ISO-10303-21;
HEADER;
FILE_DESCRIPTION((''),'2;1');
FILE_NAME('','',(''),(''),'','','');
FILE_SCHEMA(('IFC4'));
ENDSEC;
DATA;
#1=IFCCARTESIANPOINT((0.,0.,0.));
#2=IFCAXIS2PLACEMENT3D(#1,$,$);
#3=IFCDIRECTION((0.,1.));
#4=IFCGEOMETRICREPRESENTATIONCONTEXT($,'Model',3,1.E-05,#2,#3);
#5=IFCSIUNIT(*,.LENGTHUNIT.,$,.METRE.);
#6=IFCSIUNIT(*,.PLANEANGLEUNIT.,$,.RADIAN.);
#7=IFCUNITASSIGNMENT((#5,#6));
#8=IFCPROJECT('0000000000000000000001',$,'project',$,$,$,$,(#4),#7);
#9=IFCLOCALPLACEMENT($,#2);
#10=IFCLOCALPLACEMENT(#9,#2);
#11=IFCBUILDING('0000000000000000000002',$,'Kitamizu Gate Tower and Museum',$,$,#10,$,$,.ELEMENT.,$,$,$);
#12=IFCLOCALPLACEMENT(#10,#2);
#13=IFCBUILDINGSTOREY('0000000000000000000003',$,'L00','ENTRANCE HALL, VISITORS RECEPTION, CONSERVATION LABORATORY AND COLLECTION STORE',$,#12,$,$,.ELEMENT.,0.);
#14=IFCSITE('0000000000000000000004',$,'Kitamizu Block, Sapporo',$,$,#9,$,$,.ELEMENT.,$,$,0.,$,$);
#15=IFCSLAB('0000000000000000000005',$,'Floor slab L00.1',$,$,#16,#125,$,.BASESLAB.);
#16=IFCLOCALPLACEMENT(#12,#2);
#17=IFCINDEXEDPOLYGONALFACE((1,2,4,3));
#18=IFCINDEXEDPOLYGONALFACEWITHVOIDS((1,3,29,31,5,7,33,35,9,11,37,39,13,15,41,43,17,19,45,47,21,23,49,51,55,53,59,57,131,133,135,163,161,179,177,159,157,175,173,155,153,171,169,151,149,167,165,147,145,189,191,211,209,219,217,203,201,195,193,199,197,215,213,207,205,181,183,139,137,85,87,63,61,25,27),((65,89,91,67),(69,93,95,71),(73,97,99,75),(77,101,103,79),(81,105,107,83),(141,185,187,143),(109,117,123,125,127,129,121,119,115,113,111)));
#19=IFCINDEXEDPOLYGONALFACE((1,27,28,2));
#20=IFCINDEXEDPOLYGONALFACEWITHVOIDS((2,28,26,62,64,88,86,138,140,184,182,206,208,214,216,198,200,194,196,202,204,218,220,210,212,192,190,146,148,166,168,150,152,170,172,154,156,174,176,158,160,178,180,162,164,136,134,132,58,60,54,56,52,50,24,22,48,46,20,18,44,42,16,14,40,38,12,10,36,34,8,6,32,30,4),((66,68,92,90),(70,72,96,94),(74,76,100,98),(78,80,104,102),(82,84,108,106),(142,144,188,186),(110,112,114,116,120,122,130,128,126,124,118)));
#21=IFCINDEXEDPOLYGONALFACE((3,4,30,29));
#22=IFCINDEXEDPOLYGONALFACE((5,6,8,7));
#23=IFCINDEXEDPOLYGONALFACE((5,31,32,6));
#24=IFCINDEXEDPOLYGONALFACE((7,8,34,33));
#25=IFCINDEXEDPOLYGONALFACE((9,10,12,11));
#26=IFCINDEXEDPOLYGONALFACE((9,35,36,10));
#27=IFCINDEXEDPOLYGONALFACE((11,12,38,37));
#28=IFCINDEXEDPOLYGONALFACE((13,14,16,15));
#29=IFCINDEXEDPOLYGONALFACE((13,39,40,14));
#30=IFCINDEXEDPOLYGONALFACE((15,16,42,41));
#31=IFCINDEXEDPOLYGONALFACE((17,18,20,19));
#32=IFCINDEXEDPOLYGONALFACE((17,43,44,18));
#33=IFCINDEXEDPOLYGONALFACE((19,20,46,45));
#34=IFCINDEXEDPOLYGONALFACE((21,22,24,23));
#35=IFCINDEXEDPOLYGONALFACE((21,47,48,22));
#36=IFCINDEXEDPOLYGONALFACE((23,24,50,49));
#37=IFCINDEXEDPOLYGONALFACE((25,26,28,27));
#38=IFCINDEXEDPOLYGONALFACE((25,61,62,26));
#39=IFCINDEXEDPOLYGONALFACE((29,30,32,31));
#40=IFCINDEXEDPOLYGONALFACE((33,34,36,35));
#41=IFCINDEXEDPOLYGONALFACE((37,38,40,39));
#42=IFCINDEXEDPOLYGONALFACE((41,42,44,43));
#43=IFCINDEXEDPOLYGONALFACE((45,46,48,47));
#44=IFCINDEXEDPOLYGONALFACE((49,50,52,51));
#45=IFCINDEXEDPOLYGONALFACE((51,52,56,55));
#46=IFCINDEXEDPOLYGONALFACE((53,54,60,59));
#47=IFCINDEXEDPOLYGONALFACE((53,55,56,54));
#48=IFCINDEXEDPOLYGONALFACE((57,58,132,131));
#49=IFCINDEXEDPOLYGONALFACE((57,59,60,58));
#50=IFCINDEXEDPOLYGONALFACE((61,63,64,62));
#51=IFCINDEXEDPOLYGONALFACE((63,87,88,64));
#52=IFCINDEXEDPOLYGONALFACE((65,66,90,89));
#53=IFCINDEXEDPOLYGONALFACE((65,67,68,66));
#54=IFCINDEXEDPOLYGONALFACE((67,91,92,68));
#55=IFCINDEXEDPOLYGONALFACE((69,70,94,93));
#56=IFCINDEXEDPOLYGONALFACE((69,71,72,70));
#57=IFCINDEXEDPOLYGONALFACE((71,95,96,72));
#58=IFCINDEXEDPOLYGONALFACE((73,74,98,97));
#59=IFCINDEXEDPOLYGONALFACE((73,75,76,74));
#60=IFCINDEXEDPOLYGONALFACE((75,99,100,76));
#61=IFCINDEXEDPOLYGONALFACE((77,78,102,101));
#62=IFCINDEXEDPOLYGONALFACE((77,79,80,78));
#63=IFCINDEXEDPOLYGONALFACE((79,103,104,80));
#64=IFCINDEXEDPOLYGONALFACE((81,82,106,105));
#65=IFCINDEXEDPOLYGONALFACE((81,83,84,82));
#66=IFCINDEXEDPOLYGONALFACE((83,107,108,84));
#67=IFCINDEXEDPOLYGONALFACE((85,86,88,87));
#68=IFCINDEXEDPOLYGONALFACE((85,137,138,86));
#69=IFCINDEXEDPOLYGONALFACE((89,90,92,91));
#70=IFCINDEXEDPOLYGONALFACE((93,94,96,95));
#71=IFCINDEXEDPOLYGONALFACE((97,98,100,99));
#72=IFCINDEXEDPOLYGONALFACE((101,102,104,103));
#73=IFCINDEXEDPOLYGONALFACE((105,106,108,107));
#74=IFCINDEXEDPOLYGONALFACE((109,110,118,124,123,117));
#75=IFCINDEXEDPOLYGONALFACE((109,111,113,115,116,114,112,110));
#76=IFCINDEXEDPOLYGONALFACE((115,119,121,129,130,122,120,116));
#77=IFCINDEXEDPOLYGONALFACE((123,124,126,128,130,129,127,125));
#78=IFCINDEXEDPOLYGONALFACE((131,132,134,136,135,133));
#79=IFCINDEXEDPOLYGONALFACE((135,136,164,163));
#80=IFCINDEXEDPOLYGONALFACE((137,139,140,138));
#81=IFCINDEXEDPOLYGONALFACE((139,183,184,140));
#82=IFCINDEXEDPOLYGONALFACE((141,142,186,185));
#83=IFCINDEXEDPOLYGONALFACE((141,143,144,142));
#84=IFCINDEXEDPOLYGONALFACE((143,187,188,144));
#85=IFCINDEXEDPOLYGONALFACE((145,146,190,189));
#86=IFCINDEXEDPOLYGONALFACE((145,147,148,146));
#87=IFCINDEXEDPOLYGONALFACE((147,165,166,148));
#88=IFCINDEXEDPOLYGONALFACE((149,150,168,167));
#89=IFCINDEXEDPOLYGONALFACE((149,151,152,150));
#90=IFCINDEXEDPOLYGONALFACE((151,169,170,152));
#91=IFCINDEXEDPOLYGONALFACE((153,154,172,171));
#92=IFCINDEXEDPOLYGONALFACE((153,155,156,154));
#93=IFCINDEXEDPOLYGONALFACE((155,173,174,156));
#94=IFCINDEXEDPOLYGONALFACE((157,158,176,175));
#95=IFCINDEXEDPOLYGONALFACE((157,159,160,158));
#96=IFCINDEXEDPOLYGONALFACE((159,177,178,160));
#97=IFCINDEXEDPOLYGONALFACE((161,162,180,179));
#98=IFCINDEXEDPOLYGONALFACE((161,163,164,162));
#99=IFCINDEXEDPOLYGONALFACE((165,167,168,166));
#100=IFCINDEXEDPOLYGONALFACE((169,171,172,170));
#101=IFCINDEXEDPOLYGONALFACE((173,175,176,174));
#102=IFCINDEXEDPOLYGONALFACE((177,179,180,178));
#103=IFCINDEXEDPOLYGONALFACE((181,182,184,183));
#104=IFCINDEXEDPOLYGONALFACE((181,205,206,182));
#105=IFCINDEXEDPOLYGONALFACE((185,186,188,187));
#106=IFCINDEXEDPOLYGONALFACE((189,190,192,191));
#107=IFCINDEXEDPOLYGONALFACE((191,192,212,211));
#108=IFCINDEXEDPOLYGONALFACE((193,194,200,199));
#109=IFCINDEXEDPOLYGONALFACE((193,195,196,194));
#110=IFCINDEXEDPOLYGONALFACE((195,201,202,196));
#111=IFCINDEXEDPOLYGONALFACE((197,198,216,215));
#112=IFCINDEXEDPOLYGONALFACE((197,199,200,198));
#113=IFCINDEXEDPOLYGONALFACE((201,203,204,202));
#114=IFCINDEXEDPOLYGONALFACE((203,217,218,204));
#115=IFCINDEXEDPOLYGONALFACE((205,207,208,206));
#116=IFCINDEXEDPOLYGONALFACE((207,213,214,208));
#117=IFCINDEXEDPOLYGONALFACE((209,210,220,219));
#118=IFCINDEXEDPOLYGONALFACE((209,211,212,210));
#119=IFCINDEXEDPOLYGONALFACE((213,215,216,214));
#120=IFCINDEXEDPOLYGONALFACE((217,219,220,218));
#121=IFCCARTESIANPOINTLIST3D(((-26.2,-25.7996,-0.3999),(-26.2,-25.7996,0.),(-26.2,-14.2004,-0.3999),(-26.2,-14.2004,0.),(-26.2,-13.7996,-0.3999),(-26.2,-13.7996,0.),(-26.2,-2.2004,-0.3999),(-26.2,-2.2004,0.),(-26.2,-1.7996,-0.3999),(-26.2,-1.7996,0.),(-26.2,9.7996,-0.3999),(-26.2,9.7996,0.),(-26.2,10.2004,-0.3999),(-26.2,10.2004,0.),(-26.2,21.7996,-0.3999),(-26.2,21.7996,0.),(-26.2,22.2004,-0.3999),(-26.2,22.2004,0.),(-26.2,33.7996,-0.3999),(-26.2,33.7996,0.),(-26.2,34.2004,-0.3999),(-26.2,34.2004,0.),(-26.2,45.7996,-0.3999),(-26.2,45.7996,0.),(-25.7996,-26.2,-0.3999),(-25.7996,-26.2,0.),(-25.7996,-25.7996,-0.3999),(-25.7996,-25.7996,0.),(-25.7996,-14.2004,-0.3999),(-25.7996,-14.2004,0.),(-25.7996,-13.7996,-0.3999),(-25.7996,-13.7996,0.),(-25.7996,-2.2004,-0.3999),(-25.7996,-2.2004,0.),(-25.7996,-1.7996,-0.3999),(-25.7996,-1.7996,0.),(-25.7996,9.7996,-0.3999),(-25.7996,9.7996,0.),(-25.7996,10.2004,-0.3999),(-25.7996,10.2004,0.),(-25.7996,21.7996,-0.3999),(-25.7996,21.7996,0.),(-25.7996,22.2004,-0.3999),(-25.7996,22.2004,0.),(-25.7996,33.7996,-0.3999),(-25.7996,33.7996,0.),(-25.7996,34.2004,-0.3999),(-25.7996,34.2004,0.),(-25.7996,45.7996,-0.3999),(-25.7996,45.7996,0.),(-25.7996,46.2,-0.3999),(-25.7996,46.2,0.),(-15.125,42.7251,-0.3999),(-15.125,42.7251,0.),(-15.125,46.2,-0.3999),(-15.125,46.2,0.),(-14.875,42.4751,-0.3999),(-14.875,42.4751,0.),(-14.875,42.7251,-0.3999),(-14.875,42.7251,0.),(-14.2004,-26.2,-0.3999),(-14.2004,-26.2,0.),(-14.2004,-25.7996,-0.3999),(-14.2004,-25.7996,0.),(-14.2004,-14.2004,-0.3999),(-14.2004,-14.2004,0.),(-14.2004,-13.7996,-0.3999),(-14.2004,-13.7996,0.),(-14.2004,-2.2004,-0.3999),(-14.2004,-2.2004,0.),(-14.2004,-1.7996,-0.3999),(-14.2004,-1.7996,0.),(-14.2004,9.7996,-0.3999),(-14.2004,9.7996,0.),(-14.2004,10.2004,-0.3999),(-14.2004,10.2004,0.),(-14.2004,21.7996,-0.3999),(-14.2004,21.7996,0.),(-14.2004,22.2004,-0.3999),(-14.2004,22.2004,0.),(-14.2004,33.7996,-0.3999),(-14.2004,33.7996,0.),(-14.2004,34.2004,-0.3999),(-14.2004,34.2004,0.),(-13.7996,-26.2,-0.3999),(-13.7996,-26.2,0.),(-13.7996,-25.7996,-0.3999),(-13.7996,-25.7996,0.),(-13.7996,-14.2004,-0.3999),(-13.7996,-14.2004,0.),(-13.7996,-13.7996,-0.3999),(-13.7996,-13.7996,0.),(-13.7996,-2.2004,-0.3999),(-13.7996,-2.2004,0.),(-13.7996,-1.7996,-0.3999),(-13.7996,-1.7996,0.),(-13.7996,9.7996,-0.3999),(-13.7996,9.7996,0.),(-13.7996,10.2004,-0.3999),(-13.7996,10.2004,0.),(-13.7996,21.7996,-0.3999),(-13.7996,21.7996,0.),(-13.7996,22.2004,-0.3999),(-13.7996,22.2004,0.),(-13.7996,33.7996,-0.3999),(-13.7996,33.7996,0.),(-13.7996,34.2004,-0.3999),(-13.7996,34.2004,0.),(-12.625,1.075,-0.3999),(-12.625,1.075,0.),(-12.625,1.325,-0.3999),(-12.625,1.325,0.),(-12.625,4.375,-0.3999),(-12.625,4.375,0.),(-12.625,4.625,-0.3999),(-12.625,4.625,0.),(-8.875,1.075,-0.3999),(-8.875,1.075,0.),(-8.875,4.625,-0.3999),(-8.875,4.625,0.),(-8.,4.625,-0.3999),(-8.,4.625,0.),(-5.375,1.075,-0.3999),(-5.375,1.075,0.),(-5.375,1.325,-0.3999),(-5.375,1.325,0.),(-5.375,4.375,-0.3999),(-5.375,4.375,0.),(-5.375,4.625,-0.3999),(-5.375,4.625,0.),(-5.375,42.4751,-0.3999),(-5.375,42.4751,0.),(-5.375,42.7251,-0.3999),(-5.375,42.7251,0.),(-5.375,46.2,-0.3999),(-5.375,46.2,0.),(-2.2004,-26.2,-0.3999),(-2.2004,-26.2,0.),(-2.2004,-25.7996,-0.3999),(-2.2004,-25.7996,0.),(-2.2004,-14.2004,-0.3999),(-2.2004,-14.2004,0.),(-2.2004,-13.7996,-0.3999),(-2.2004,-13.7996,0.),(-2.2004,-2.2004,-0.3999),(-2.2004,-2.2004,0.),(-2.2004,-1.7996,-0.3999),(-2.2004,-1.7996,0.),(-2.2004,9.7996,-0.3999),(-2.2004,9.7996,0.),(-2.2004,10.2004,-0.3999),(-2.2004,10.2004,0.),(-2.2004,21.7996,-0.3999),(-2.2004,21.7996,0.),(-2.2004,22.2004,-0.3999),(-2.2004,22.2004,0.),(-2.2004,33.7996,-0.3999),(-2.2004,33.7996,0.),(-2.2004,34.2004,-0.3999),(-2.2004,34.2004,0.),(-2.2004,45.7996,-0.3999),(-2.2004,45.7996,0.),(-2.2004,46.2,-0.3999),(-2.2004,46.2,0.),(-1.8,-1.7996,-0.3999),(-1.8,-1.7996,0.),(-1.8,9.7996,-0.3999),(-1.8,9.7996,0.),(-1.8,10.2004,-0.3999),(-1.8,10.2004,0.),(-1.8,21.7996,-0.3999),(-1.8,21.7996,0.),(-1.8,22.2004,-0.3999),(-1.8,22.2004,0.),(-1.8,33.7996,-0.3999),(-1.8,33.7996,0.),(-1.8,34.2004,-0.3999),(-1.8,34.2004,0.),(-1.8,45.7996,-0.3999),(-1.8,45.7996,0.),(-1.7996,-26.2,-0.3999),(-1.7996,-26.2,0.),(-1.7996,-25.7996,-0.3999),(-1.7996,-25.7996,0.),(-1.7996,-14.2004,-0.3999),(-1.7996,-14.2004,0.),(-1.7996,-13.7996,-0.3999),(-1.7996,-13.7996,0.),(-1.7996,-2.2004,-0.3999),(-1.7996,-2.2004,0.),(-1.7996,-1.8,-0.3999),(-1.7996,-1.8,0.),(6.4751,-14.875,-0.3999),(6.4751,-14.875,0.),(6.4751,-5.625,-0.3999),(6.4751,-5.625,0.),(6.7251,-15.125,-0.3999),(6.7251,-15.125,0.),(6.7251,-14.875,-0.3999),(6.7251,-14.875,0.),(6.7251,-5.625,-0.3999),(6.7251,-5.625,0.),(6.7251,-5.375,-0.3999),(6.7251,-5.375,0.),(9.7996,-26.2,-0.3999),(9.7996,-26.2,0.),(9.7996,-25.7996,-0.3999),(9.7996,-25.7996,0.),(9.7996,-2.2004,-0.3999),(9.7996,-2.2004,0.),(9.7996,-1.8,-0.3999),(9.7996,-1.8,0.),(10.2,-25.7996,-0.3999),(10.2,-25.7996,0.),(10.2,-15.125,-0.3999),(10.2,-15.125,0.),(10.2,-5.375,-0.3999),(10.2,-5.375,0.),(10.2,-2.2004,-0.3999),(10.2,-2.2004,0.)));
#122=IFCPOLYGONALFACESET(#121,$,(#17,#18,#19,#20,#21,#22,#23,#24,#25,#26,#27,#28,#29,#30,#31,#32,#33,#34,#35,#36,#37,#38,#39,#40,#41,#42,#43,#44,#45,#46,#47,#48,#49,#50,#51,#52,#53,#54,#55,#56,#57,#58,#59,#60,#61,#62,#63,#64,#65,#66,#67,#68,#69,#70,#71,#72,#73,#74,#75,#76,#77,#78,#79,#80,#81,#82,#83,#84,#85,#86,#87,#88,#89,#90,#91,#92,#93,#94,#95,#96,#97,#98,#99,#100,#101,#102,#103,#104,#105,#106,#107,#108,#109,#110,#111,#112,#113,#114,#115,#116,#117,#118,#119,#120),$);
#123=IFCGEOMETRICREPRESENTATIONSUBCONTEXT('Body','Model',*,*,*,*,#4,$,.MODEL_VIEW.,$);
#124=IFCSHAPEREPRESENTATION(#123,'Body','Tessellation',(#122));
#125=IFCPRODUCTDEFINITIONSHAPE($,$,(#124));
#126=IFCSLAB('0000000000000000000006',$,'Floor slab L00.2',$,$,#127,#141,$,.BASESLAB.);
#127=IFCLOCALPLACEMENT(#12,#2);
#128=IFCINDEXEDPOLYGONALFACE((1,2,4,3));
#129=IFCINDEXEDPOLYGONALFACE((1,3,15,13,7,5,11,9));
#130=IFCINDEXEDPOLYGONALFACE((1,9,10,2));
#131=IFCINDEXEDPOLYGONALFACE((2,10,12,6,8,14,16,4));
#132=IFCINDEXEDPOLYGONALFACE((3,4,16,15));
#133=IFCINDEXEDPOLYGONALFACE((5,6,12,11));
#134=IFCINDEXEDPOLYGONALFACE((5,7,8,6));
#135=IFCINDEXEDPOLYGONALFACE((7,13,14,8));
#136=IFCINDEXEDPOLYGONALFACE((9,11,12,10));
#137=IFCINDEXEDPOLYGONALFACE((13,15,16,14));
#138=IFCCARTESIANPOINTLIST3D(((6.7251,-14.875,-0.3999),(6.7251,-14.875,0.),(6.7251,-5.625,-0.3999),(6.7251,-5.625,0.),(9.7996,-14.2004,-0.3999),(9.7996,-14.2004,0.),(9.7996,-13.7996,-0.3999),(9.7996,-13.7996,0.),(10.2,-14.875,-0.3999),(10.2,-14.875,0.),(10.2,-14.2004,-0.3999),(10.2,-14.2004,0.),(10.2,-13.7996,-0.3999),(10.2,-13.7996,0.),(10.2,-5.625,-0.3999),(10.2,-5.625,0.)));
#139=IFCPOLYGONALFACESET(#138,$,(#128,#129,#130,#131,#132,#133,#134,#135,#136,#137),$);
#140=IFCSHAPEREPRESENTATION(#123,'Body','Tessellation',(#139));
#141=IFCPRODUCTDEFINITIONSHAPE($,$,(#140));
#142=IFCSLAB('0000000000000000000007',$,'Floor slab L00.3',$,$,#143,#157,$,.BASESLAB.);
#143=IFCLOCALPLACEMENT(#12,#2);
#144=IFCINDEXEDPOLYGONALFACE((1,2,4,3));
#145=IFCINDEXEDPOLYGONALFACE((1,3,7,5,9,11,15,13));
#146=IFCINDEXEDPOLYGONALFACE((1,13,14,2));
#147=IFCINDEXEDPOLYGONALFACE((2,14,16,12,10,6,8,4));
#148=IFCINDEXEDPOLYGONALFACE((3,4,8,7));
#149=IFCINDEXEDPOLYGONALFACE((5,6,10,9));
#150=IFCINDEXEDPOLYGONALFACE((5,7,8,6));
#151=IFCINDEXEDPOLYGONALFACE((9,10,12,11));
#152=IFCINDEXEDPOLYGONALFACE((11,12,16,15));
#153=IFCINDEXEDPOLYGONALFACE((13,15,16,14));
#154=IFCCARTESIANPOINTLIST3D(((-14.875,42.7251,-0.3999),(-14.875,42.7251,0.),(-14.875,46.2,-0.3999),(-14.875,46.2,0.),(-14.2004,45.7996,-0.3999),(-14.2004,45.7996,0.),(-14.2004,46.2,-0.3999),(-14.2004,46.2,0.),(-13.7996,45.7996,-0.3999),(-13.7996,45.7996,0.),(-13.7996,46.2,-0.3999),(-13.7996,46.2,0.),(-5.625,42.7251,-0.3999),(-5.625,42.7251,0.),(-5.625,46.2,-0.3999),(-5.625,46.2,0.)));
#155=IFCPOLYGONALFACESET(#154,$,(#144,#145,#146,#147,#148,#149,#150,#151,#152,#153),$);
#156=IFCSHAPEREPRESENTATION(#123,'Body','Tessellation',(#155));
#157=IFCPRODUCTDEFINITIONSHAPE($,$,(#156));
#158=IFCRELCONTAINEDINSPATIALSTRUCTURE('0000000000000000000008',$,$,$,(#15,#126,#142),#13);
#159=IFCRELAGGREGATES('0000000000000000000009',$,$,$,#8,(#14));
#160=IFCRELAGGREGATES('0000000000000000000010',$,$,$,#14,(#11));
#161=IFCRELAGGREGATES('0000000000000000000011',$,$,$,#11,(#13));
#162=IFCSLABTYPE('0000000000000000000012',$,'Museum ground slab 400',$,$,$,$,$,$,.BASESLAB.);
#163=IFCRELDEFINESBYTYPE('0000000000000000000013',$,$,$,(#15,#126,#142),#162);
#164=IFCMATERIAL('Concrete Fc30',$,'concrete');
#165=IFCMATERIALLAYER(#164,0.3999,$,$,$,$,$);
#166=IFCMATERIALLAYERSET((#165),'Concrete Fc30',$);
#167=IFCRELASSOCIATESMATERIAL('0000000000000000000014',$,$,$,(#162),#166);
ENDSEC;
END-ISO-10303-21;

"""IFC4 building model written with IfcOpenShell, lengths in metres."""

from ifc_helpers import new_model, si_unit, direction, frame, origin, place, context, subcontext, project, spatial, polyline, outline, extrude, material, layer, layer_set, type_object, element, save


model = new_model("IFC4")

# Units and contexts
model_context = context("Model", 3, precision=1e-05, world=origin(), true_north=direction((0.0, 1.0)))
body_context = subcontext(model_context, "Body", "Model", "MODEL_VIEW")
ifc_project = project(units=[si_unit("LENGTHUNIT", "METRE"), si_unit("PLANEANGLEUNIT", "RADIAN")], contexts=[model_context])

# Site, building, storey
site_placement = place(None, origin())
site = spatial("IfcSite", under=ifc_project, at=site_placement, Name="Kitamizu Block, Sapporo", CompositionType="ELEMENT", RefElevation=0.0)
building_placement = place(site_placement, origin())
building = spatial("IfcBuilding", under=site, at=building_placement, Name="Kitamizu Gate Tower and Museum", CompositionType="ELEMENT")
storey_placement = place(building_placement, origin())
storey = spatial("IfcBuildingStorey", under=building, at=storey_placement, Name="L00", Description="ENTRANCE HALL, VISITORS RECEPTION, CONSERVATION LABORATORY AND COLLECTION STORE", CompositionType="ELEMENT", Elevation=0.0)

# Slabs
ifc_material_1 = material(Name="Concrete Fc30", Category="concrete")
ifc_layer_1 = layer(ifc_material_1, 0.3999)
ifc_layer_set_1 = layer_set([ifc_layer_1], Name="Concrete Fc30")
slab_type_1 = type_object("IfcSlabType", Name="Museum ground slab 400", PredefinedType="BASESLAB", material=ifc_layer_set_1)
slab_1_placement = place(storey_placement, frame((0.0, 0.0, -0.3999)))
element("IfcSlab", 1, at=slab_1_placement, inside=storey, type_object=slab_type_1, Name="Floor slab L00.1", PredefinedType="BASESLAB", context=body_context, shape_type="SweptSolid", body=[
    extrude(outline(polyline([(-14.875, 42.7251), (-14.875, 42.4751), (-5.375, 42.4751), (-5.375, 42.7251), (-5.375, 46.2), (-2.2004, 46.2), (-2.2004, 45.7996), (-1.8, 45.7996), (-1.8, 34.2004), (-2.2004, 34.2004), (-2.2004, 33.7996), (-1.8, 33.7996), (-1.8, 22.2004), (-2.2004, 22.2004), (-2.2004, 21.7996), (-1.8, 21.7996), (-1.8, 10.2004), (-2.2004, 10.2004), (-2.2004, 9.7996), (-1.8, 9.7996), (-1.8, -1.7996), (-2.2004, -1.7996), (-2.2004, -2.2004), (-1.7996, -2.2004), (-1.7996, -1.8), (9.7996, -1.8), (9.7996, -2.2004), (10.2, -2.2004), (10.2, -5.375), (6.7251, -5.375), (6.7251, -5.625), (6.4751, -5.625), (6.4751, -14.875), (6.7251, -14.875), (6.7251, -15.125), (10.2, -15.125), (10.2, -25.7996), (9.7996, -25.7996), (9.7996, -26.2), (-1.7996, -26.2), (-1.7996, -25.7996), (-2.2004, -25.7996), (-2.2004, -26.2), (-13.7996, -26.2), (-13.7996, -25.7996), (-14.2004, -25.7996), (-14.2004, -26.2), (-25.7996, -26.2), (-25.7996, -25.7996), (-26.2, -25.7996), (-26.2, -14.2004), (-25.7996, -14.2004), (-25.7996, -13.7996), (-26.2, -13.7996), (-26.2, -2.2004), (-25.7996, -2.2004), (-25.7996, -1.7996), (-26.2, -1.7996), (-26.2, 9.7996), (-25.7996, 9.7996), (-25.7996, 10.2004), (-26.2, 10.2004), (-26.2, 21.7996), (-25.7996, 21.7996), (-25.7996, 22.2004), (-26.2, 22.2004), (-26.2, 33.7996), (-25.7996, 33.7996), (-25.7996, 34.2004), (-26.2, 34.2004), (-26.2, 45.7996), (-25.7996, 45.7996), (-25.7996, 46.2), (-15.125, 46.2), (-15.125, 42.7251), (-14.875, 42.7251)]), holes=[polyline([(-2.2004, -13.7996), (-2.2004, -14.2004), (-1.7996, -14.2004), (-1.7996, -13.7996), (-2.2004, -13.7996)]), polyline([(-8.875, 1.075), (-5.375, 1.075), (-5.375, 1.325), (-5.375, 4.375), (-5.375, 4.625), (-8.0, 4.625), (-8.875, 4.625), (-12.625, 4.625), (-12.625, 4.375), (-12.625, 1.325), (-12.625, 1.075), (-8.875, 1.075)]), polyline([(-14.2004, -14.2004), (-13.7996, -14.2004), (-13.7996, -13.7996), (-14.2004, -13.7996), (-14.2004, -14.2004)]), polyline([(-14.2004, -2.2004), (-13.7996, -2.2004), (-13.7996, -1.7996), (-14.2004, -1.7996), (-14.2004, -2.2004)]), polyline([(-14.2004, 10.2004), (-14.2004, 9.7996), (-13.7996, 9.7996), (-13.7996, 10.2004), (-14.2004, 10.2004)]), polyline([(-14.2004, 22.2004), (-14.2004, 21.7996), (-13.7996, 21.7996), (-13.7996, 22.2004), (-14.2004, 22.2004)]), polyline([(-14.2004, 33.7996), (-13.7996, 33.7996), (-13.7996, 34.2004), (-14.2004, 34.2004), (-14.2004, 33.7996)])]), origin(), (0.0, 0.0, 1.0), 0.3999),
])
slab_2_placement = place(storey_placement, frame((0.0, 0.0, -0.3999)))
element("IfcSlab", 2, at=slab_2_placement, inside=storey, type_object=slab_type_1, Name="Floor slab L00.2", PredefinedType="BASESLAB", context=body_context, shape_type="SweptSolid", body=[
    extrude(outline(polyline([(6.7251, -5.625), (10.2, -5.625), (10.2, -13.7996), (9.7996, -13.7996), (9.7996, -14.2004), (10.2, -14.2004), (10.2, -14.875), (6.7251, -14.875), (6.7251, -5.625)])), origin(), (0.0, 0.0, 1.0), 0.3999),
])
slab_3_placement = place(storey_placement, frame((0.0, 0.0, -0.3999)))
element("IfcSlab", 3, at=slab_3_placement, inside=storey, type_object=slab_type_1, Name="Floor slab L00.3", PredefinedType="BASESLAB", context=body_context, shape_type="SweptSolid", body=[
    extrude(outline(polyline([(-14.875, 42.7251), (-14.875, 46.2), (-14.2004, 46.2), (-14.2004, 45.7996), (-13.7996, 45.7996), (-13.7996, 46.2), (-5.625, 46.2), (-5.625, 42.7251), (-14.875, 42.7251)])), origin(), (0.0, 0.0, 1.0), 0.3999),
])

save(model, "model.ifc")
